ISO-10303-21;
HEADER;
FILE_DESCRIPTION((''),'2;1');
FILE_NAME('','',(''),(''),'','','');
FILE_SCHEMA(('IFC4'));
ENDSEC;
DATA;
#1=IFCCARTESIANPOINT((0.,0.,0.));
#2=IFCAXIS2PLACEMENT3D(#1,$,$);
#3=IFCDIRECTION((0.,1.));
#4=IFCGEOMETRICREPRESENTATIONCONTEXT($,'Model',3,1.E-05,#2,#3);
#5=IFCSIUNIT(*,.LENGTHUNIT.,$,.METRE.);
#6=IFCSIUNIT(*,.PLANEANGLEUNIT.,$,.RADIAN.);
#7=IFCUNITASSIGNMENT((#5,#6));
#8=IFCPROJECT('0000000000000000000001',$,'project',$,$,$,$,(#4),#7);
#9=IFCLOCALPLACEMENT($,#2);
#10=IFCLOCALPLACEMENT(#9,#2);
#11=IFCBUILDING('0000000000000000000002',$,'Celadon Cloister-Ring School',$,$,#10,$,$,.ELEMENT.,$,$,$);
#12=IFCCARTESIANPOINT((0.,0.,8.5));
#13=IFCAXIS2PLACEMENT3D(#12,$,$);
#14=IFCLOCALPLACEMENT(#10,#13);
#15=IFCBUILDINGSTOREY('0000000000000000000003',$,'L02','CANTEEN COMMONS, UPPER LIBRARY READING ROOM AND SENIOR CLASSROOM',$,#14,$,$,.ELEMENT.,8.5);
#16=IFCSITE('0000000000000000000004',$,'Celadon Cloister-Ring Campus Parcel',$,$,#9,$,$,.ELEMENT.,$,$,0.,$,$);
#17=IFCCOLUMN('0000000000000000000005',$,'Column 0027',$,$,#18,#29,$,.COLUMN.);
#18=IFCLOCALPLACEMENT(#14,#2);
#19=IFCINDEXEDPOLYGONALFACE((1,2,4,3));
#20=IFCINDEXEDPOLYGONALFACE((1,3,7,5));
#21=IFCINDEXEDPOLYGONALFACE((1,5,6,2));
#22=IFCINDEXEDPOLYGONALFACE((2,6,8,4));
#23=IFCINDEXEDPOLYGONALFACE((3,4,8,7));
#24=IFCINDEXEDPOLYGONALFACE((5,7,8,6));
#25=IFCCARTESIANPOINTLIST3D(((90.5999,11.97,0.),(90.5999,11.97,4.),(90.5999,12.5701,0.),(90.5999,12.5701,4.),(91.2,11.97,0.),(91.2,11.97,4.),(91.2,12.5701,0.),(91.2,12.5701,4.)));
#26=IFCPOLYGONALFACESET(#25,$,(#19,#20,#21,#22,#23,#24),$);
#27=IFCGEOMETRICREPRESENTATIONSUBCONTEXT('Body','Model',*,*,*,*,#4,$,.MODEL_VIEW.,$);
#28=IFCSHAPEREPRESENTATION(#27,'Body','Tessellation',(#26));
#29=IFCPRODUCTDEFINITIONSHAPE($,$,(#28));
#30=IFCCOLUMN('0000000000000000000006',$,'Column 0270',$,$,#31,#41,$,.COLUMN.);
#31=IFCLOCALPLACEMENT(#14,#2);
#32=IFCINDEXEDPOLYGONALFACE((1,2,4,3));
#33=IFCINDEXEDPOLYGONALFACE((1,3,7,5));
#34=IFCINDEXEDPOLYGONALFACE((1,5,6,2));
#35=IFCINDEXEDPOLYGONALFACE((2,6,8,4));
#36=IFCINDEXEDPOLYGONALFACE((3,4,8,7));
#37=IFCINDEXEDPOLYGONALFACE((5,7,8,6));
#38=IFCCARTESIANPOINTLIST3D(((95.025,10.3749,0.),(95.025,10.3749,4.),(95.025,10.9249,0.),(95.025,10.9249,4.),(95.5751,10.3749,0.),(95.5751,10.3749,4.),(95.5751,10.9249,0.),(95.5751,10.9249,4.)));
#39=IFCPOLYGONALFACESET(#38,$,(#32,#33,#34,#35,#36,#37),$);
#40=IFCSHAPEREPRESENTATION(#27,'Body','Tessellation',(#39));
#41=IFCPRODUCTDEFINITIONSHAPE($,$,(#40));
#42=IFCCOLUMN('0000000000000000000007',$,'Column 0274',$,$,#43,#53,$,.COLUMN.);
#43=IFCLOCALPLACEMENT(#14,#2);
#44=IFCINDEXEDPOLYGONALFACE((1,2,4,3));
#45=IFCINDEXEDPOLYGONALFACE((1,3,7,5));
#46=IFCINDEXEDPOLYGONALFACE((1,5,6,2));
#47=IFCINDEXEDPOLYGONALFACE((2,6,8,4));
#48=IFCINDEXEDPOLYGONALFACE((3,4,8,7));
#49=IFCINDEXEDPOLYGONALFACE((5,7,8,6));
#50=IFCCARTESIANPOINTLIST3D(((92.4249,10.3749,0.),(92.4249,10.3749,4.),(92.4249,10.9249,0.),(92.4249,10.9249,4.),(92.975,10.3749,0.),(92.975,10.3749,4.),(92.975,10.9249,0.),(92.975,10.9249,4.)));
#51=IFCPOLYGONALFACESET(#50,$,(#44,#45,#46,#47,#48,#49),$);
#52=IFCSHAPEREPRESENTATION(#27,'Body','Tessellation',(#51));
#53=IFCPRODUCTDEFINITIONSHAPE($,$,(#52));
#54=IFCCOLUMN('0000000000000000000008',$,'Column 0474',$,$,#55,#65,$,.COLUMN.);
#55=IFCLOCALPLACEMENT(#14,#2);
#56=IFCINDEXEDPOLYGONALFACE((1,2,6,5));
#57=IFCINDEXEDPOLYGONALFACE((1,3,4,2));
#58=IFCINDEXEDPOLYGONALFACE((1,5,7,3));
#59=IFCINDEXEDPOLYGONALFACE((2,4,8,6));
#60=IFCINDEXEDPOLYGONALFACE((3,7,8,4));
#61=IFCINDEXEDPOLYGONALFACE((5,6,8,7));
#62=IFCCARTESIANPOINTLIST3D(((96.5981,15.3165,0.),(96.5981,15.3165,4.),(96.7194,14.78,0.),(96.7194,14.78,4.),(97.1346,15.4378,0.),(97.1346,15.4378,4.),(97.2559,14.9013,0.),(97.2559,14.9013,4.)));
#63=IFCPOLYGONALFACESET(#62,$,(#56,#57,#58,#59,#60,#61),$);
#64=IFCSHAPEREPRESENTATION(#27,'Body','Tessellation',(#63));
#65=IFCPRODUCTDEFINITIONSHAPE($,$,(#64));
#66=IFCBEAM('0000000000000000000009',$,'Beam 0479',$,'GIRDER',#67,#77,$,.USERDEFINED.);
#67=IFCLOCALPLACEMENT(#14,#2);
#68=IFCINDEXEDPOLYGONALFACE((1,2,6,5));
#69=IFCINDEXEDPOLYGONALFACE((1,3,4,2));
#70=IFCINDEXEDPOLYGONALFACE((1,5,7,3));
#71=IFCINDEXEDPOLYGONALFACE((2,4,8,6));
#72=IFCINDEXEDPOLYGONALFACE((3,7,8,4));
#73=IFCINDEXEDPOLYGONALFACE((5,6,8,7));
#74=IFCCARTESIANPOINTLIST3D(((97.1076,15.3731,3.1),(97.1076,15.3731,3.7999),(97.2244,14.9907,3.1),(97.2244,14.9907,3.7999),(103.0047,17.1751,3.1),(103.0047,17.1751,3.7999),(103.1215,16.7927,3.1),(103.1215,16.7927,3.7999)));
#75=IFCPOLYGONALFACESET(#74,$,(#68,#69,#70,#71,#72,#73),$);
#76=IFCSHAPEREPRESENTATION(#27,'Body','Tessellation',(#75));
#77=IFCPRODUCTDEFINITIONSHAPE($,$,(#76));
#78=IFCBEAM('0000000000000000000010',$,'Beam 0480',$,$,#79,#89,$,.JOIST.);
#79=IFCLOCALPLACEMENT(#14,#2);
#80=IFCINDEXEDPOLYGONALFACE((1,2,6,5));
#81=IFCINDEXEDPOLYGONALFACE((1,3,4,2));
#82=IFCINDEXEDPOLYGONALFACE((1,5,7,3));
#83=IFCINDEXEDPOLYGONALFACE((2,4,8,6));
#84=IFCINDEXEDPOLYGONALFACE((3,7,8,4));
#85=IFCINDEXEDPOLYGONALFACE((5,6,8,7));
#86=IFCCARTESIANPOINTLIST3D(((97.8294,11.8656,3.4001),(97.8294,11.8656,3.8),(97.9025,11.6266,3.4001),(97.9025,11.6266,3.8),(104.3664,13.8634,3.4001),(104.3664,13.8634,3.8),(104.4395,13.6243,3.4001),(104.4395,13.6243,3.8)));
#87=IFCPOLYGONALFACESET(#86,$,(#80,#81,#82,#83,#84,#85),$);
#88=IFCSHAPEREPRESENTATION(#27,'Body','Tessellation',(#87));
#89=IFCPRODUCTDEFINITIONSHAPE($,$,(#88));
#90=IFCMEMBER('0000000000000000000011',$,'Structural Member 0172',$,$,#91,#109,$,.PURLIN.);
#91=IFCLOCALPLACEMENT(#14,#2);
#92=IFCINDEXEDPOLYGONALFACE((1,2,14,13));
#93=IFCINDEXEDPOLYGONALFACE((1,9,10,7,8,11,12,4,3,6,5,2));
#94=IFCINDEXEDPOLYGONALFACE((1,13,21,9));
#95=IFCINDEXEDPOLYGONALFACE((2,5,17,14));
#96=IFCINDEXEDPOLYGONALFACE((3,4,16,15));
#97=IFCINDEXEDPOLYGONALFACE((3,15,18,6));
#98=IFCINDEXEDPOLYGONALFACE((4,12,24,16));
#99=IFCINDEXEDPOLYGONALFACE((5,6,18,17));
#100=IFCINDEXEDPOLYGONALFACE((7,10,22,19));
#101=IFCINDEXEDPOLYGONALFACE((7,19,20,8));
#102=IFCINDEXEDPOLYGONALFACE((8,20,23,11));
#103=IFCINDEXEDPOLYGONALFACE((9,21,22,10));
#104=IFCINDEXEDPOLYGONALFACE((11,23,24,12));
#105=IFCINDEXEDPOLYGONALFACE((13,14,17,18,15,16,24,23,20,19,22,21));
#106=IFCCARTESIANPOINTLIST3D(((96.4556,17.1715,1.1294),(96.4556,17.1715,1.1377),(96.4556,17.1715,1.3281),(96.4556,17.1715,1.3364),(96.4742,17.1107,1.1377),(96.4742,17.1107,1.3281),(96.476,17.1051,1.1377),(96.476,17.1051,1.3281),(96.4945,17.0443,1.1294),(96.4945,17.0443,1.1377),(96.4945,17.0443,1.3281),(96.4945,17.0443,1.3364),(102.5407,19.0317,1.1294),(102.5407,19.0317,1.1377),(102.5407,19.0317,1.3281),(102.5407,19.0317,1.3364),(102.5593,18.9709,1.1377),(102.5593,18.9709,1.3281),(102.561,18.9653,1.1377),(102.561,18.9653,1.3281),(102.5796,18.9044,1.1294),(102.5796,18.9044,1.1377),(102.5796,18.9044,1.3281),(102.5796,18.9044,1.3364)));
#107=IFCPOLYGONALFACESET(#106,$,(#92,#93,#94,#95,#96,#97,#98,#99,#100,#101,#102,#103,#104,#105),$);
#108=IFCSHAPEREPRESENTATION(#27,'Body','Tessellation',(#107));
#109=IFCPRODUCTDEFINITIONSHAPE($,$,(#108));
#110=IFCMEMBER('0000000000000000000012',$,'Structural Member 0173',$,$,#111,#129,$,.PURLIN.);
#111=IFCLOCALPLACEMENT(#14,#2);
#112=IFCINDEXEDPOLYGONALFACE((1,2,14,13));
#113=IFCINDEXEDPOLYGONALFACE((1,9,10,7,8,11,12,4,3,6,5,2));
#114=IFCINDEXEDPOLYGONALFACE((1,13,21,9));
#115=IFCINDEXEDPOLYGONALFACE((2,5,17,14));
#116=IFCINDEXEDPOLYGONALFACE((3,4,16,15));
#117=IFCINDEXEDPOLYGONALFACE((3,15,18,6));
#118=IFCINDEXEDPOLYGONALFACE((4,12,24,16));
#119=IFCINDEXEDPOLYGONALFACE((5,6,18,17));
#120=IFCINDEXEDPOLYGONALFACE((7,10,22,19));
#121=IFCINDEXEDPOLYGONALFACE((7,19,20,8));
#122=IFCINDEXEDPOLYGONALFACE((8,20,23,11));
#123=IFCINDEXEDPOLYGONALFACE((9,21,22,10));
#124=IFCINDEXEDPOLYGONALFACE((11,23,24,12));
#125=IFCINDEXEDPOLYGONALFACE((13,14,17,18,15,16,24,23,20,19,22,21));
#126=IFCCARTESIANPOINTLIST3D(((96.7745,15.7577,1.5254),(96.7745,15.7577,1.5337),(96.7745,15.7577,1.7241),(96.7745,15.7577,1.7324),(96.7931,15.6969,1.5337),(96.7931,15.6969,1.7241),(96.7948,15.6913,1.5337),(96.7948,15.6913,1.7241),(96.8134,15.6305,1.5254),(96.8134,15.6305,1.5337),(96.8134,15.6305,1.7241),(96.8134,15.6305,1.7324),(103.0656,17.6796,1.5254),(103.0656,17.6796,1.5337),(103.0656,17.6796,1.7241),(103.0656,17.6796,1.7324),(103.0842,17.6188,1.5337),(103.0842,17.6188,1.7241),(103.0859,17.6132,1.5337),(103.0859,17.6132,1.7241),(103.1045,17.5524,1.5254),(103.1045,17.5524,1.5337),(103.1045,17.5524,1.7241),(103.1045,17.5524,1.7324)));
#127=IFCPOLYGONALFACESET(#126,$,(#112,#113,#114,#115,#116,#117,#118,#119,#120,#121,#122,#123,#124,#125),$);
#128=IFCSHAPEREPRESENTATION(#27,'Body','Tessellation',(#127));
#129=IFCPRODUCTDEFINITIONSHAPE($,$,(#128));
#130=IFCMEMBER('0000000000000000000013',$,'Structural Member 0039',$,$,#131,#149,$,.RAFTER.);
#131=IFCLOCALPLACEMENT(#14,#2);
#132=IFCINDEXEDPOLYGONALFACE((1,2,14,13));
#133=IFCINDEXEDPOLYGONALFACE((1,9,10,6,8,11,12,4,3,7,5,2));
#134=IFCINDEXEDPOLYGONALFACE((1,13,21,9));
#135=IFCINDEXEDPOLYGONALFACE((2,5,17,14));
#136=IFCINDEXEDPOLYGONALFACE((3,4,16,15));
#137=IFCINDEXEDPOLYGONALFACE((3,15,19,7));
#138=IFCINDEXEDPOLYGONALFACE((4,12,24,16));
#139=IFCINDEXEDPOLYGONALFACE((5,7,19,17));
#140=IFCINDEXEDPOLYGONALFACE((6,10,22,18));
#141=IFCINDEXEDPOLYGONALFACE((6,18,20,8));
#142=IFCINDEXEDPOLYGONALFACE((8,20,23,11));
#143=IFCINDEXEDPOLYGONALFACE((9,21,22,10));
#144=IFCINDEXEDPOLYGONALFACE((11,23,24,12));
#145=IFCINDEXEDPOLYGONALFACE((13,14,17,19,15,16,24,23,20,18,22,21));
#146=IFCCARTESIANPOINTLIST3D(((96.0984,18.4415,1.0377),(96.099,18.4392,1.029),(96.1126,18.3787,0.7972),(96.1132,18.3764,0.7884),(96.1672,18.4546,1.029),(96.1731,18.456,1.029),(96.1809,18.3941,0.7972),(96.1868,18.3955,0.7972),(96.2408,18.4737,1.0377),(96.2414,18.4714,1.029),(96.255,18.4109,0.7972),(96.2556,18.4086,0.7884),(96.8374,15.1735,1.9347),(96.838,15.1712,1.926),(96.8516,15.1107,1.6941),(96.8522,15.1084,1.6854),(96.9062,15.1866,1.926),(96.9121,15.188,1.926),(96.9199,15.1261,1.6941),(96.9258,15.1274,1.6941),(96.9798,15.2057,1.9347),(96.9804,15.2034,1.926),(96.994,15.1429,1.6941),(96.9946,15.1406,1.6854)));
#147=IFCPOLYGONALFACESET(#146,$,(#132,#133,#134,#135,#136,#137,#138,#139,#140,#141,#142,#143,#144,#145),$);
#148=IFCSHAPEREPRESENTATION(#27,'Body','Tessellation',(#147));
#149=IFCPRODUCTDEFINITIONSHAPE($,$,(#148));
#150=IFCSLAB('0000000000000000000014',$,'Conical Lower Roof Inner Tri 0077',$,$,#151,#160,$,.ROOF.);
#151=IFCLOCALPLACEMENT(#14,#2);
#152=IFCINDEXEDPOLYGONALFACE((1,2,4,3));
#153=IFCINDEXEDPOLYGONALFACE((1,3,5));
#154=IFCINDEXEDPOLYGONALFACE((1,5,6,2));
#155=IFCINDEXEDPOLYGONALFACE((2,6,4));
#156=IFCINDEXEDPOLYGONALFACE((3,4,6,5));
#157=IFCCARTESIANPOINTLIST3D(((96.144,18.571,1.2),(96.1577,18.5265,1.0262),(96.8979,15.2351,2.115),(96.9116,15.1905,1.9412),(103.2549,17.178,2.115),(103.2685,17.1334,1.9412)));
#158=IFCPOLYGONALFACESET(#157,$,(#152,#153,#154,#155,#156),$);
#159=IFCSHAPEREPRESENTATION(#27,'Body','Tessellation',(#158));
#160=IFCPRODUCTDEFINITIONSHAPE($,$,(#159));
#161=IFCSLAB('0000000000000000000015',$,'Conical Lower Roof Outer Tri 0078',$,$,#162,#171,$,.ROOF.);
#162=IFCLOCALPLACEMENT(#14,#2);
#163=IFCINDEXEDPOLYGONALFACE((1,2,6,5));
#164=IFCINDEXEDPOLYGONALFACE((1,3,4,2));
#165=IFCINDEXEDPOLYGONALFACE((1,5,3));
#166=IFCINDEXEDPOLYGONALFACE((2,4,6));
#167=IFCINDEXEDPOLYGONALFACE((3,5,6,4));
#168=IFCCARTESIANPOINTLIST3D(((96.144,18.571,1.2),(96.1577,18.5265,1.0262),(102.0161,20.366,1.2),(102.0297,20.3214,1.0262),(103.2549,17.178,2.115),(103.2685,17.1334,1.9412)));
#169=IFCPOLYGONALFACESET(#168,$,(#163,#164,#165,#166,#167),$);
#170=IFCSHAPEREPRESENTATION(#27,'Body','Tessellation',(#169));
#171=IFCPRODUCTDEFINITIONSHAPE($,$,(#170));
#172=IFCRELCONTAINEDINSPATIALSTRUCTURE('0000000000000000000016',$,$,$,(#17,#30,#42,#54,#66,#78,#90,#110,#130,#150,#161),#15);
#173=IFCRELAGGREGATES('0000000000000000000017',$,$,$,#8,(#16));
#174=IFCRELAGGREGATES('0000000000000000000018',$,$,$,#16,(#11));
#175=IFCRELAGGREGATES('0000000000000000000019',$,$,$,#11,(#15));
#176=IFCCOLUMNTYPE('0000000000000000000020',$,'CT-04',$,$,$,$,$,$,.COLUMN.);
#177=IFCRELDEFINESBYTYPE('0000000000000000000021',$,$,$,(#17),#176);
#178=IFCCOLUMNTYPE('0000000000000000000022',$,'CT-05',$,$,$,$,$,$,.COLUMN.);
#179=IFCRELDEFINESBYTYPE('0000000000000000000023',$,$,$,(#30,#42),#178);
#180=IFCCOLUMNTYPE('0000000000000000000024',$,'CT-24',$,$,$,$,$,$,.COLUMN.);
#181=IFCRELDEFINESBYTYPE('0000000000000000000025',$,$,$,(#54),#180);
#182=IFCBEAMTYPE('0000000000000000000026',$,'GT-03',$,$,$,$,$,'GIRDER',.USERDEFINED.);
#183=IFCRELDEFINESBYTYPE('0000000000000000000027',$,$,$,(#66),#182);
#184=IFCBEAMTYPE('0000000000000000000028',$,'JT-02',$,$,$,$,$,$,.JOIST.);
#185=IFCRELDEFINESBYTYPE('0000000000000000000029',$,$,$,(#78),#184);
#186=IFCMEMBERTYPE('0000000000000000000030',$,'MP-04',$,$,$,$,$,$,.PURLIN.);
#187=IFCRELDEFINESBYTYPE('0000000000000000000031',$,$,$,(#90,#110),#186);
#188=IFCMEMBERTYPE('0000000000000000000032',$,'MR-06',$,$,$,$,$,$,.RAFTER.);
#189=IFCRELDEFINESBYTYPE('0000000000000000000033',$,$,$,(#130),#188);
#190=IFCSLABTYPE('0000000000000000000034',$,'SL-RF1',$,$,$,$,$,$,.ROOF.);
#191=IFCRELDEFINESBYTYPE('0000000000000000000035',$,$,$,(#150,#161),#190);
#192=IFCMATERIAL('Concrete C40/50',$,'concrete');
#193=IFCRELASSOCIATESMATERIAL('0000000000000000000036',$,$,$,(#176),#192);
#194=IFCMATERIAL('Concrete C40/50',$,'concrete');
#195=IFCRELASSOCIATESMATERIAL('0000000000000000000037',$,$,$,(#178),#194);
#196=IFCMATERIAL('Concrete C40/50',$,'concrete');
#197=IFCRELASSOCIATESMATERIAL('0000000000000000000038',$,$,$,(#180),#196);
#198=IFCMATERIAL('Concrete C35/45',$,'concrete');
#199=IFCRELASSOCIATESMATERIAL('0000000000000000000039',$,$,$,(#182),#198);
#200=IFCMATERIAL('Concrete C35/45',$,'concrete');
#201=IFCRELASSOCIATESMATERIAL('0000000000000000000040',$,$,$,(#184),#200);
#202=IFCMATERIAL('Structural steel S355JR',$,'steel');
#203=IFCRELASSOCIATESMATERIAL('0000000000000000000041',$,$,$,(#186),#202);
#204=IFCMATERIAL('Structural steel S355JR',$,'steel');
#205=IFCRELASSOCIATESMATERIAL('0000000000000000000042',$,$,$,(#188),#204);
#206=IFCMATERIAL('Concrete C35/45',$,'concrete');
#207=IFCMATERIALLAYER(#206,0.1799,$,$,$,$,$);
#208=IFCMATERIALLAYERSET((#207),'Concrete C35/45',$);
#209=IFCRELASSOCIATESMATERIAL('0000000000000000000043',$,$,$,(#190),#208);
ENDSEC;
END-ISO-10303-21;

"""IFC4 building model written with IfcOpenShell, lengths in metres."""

from ifc_helpers import new_model, si_unit, direction, frame, origin, origin_2d, place, context, subcontext, project, spatial, polyline, rectangle, i_section, outline, extrude, material, layer, layer_set, material_profile, profile_set, type_object, element, save


model = new_model("IFC4")

# Units and contexts
model_context = context("Model", 3, precision=1e-05, world=origin(), true_north=direction((0.0, 1.0)))
body_context = subcontext(model_context, "Body", "Model", "MODEL_VIEW")
ifc_project = project(units=[si_unit("LENGTHUNIT", "METRE"), si_unit("PLANEANGLEUNIT", "RADIAN")], contexts=[model_context])

# Site, building, storey
site_placement = place(None, origin())
site = spatial("IfcSite", under=ifc_project, at=site_placement, Name="Celadon Cloister-Ring Campus Parcel", CompositionType="ELEMENT", RefElevation=0.0)
building_placement = place(site_placement, origin())
building = spatial("IfcBuilding", under=site, at=building_placement, Name="Celadon Cloister-Ring School", CompositionType="ELEMENT")
storey_placement = place(building_placement, frame((0.0, 0.0, 8.5)))
storey = spatial("IfcBuildingStorey", under=building, at=storey_placement, Name="L02", Description="CANTEEN COMMONS, UPPER LIBRARY READING ROOM AND SENIOR CLASSROOM", CompositionType="ELEMENT", Elevation=8.5)

# Columns
ifc_material_1 = material(Name="Concrete C40/50", Category="concrete")
ifc_material_profile_1 = material_profile(ifc_material_1, rectangle(XDim=0.6001, YDim=0.6001, at=origin_2d()), Name="RC600X600")
ifc_profile_set_1 = profile_set([ifc_material_profile_1], Name="Concrete C40/50")
column_type_1 = type_object("IfcColumnType", Name="CT-04", PredefinedType="COLUMN", material=ifc_profile_set_1)
column_1_placement = place(storey_placement, frame((90.8999, 12.27, 0.0), z_axis=(0.0, 0.0, 1.0), x_axis=(1.0, 0.0, 0.0)))
element("IfcColumn", 1, at=column_1_placement, inside=storey, type_object=column_type_1, Name="Column 0027", PredefinedType="COLUMN", context=body_context, shape_type="SweptSolid", body=[
    extrude(rectangle(XDim=0.6001, YDim=0.6001, at=origin_2d()), origin(), (0.0, 0.0, 1.0), 4.0),
])
ifc_material_2 = material(Name="Concrete C40/50", Category="concrete")
ifc_material_profile_2 = material_profile(ifc_material_2, rectangle(XDim=0.55, YDim=0.55, at=origin_2d()), Name="RC550X550")
ifc_profile_set_2 = profile_set([ifc_material_profile_2], Name="Concrete C40/50")
column_type_2 = type_object("IfcColumnType", Name="CT-05", PredefinedType="COLUMN", material=ifc_profile_set_2)
for number, where, z_axis, x_axis, name in (
    (2, (95.3, 10.6499, 0.0), (0.0, 0.0, 1.0), (1.0, 0.0, 0.0), "Column 0270"),
    (3, (92.7, 10.6499, 0.0), (0.0, 0.0, 1.0), (1.0, 0.0, 0.0), "Column 0274"),
):
    element("IfcColumn", number, at=place(storey_placement, frame(where, z_axis=z_axis, x_axis=x_axis)), inside=storey, type_object=column_type_2, Name=name, PredefinedType="COLUMN", context=body_context, shape_type="SweptSolid", body=[
        extrude(rectangle(XDim=0.55, YDim=0.55, at=origin_2d()), origin(), (0.0, 0.0, 1.0), 4.0),
    ])
ifc_material_3 = material(Name="Concrete C40/50", Category="concrete")
ifc_material_profile_3 = material_profile(ifc_material_3, rectangle(XDim=0.55, YDim=0.55, at=origin_2d()), Name="RC550X550")
ifc_profile_set_3 = profile_set([ifc_material_profile_3], Name="Concrete C40/50")
column_type_3 = type_object("IfcColumnType", Name="CT-24", PredefinedType="COLUMN", material=ifc_profile_set_3)
column_2_placement = place(storey_placement, frame((96.927, 15.1089, 0.0), z_axis=(0.0, 0.0, 1.0), x_axis=(0.220595, -0.975365, 0.0)))
element("IfcColumn", 4, at=column_2_placement, inside=storey, type_object=column_type_3, Name="Column 0474", PredefinedType="COLUMN", context=body_context, shape_type="SweptSolid", body=[
    extrude(rectangle(XDim=0.55, YDim=0.55, at=origin_2d()), origin(), (0.0, 0.0, 1.0), 4.0),
])

# Beams
ifc_material_4 = material(Name="Concrete C35/45", Category="concrete")
ifc_material_profile_4 = material_profile(ifc_material_4, rectangle(XDim=0.3999, YDim=0.7, at=origin_2d()), Name="RC400X700")
ifc_profile_set_4 = profile_set([ifc_material_profile_4], Name="Concrete C35/45")
beam_type_1 = type_object("IfcBeamType", Name="GT-03", ElementType="GIRDER", PredefinedType="USERDEFINED", material=ifc_profile_set_4)
beam_1_placement = place(storey_placement, frame((97.166, 15.1819, 3.45), z_axis=(0.956345, 0.292241, 0.0), x_axis=(-0.292241, 0.956345, 0.0)))
element("IfcBeam", 5, at=beam_1_placement, inside=storey, type_object=beam_type_1, Name="Beam 0479", ObjectType="GIRDER", PredefinedType="USERDEFINED", context=body_context, shape_type="SweptSolid", body=[
    extrude(rectangle(XDim=0.3999, YDim=0.7, at=origin_2d()), origin(), (0.0, 0.0, 1.0), 6.1663),
])
ifc_material_5 = material(Name="Concrete C35/45", Category="concrete")
ifc_material_profile_5 = material_profile(ifc_material_5, rectangle(XDim=0.25, YDim=0.3999, at=origin_2d()), Name="RC250X400")
ifc_profile_set_5 = profile_set([ifc_material_profile_5], Name="Concrete C35/45")
beam_type_2 = type_object("IfcBeamType", Name="JT-02", PredefinedType="JOIST", material=ifc_profile_set_5)
beam_2_placement = place(storey_placement, frame((97.866, 11.7461, 3.6001), z_axis=(0.956337, 0.292266, 0.0), x_axis=(-0.292266, 0.956337, 0.0)))
element("IfcBeam", 6, at=beam_2_placement, inside=storey, type_object=beam_type_2, Name="Beam 0480", PredefinedType="JOIST", context=body_context, shape_type="SweptSolid", body=[
    extrude(rectangle(XDim=0.25, YDim=0.3999, at=origin_2d()), origin(), (0.0, 0.0, 1.0), 6.8354),
])

# Members
ifc_material_6 = material(Name="Structural steel S355JR", Category="steel")
ifc_material_profile_6 = material_profile(ifc_material_6, i_section(OverallWidth=0.1331, OverallDepth=0.207, WebThickness=0.0059, FlangeThickness=0.0083, at=origin_2d()), Name="W200X27")
ifc_profile_set_6 = profile_set([ifc_material_profile_6], Name="Structural steel S355JR")
member_type_1 = type_object("IfcMemberType", Name="MP-04", PredefinedType="PURLIN", material=ifc_profile_set_6)
member_1_placement = place(storey_placement, frame((96.4751, 17.1079, 1.2329), z_axis=(0.956316, 0.292336, 0.0), x_axis=(-0.292336, 0.956316, 0.0)))
element("IfcMember", 7, at=member_1_placement, inside=storey, type_object=member_type_1, Name="Structural Member 0172", PredefinedType="PURLIN", context=body_context, shape_type="SweptSolid", body=[
    extrude(i_section(OverallWidth=0.1331, OverallDepth=0.207, WebThickness=0.0059, FlangeThickness=0.0083, at=origin_2d()), origin(), (0.0, 0.0, 1.0), 6.363),
])
member_2_placement = place(storey_placement, frame((96.7939, 15.6941, 1.6289), z_axis=(0.956368, 0.292166, 0.0), x_axis=(-0.292166, 0.956368, 0.0)))
element("IfcMember", 8, at=member_2_placement, inside=storey, type_object=member_type_1, Name="Structural Member 0173", PredefinedType="PURLIN", context=body_context, shape_type="SweptSolid", body=[
    extrude(i_section(OverallWidth=0.1331, OverallDepth=0.207, WebThickness=0.0059, FlangeThickness=0.0083, at=origin_2d()), origin(), (0.0, 0.0, 1.0), 6.5781),
])
ifc_material_7 = material(Name="Structural steel S355JR", Category="steel")
ifc_material_profile_7 = material_profile(ifc_material_7, i_section(OverallWidth=0.146, OverallDepth=0.2581, WebThickness=0.0061, FlangeThickness=0.009, at=origin_2d()), Name="W250X33")
ifc_profile_set_7 = profile_set([ifc_material_profile_7], Name="Structural steel S355JR")
member_type_2 = type_object("IfcMemberType", Name="MR-06", PredefinedType="RAFTER", material=ifc_profile_set_7)
member_3_placement = place(storey_placement, frame((96.177, 18.425, 0.9131), z_axis=(0.21306, -0.942195, 0.2586), x_axis=(0.975373, 0.220563, 0.0)))
element("IfcMember", 9, at=member_3_placement, inside=storey, type_object=member_type_2, Name="Structural Member 0039", PredefinedType="RAFTER", context=body_context, shape_type="SweptSolid", body=[
    extrude(i_section(OverallWidth=0.146, OverallDepth=0.2581, WebThickness=0.0061, FlangeThickness=0.009, at=origin_2d()), origin(), (0.0, 0.0, 1.0), 3.4685),
])

# Slabs
ifc_material_8 = material(Name="Concrete C35/45", Category="concrete")
ifc_layer_1 = layer(ifc_material_8, 0.1799)
ifc_layer_set_1 = layer_set([ifc_layer_1], Name="Concrete C35/45")
slab_type = type_object("IfcSlabType", Name="SL-RF1", PredefinedType="ROOF", material=ifc_layer_set_1)
slab_1_placement = place(storey_placement, frame((96.144, 18.571, 1.2), z_axis=(-0.075739, 0.247812, 0.965843), x_axis=(0.212946, -0.942259, 0.258459)))
element("IfcSlab", 10, at=slab_1_placement, inside=storey, type_object=slab_type, Name="Conical Lower Roof Inner Tri 0077", PredefinedType="ROOF", context=body_context, shape_type="SweptSolid", body=[
    extrude(outline(polyline([(0.0, 0.0), (3.5404, 0.0), (3.0634, 6.6301), (0.0, 0.0)])), origin(), (0.0, 0.0, -1.0), 0.1799),
])
slab_2_placement = place(storey_placement, frame((96.144, 18.571, 1.2), z_axis=(-0.075743, 0.247793, 0.965848), x_axis=(0.973613, -0.190738, 0.125287)))
element("IfcSlab", 11, at=slab_2_placement, inside=storey, type_object=slab_type, Name="Conical Lower Roof Outer Tri 0078", PredefinedType="ROOF", context=body_context, shape_type="SweptSolid", body=[
    extrude(outline(polyline([(0.0, 0.0), (7.3036, 0.0), (5.3748, 2.969), (0.0, 0.0)])), origin(), (0.0, 0.0, -1.0), 0.1799),
])

save(model, "model.ifc")
